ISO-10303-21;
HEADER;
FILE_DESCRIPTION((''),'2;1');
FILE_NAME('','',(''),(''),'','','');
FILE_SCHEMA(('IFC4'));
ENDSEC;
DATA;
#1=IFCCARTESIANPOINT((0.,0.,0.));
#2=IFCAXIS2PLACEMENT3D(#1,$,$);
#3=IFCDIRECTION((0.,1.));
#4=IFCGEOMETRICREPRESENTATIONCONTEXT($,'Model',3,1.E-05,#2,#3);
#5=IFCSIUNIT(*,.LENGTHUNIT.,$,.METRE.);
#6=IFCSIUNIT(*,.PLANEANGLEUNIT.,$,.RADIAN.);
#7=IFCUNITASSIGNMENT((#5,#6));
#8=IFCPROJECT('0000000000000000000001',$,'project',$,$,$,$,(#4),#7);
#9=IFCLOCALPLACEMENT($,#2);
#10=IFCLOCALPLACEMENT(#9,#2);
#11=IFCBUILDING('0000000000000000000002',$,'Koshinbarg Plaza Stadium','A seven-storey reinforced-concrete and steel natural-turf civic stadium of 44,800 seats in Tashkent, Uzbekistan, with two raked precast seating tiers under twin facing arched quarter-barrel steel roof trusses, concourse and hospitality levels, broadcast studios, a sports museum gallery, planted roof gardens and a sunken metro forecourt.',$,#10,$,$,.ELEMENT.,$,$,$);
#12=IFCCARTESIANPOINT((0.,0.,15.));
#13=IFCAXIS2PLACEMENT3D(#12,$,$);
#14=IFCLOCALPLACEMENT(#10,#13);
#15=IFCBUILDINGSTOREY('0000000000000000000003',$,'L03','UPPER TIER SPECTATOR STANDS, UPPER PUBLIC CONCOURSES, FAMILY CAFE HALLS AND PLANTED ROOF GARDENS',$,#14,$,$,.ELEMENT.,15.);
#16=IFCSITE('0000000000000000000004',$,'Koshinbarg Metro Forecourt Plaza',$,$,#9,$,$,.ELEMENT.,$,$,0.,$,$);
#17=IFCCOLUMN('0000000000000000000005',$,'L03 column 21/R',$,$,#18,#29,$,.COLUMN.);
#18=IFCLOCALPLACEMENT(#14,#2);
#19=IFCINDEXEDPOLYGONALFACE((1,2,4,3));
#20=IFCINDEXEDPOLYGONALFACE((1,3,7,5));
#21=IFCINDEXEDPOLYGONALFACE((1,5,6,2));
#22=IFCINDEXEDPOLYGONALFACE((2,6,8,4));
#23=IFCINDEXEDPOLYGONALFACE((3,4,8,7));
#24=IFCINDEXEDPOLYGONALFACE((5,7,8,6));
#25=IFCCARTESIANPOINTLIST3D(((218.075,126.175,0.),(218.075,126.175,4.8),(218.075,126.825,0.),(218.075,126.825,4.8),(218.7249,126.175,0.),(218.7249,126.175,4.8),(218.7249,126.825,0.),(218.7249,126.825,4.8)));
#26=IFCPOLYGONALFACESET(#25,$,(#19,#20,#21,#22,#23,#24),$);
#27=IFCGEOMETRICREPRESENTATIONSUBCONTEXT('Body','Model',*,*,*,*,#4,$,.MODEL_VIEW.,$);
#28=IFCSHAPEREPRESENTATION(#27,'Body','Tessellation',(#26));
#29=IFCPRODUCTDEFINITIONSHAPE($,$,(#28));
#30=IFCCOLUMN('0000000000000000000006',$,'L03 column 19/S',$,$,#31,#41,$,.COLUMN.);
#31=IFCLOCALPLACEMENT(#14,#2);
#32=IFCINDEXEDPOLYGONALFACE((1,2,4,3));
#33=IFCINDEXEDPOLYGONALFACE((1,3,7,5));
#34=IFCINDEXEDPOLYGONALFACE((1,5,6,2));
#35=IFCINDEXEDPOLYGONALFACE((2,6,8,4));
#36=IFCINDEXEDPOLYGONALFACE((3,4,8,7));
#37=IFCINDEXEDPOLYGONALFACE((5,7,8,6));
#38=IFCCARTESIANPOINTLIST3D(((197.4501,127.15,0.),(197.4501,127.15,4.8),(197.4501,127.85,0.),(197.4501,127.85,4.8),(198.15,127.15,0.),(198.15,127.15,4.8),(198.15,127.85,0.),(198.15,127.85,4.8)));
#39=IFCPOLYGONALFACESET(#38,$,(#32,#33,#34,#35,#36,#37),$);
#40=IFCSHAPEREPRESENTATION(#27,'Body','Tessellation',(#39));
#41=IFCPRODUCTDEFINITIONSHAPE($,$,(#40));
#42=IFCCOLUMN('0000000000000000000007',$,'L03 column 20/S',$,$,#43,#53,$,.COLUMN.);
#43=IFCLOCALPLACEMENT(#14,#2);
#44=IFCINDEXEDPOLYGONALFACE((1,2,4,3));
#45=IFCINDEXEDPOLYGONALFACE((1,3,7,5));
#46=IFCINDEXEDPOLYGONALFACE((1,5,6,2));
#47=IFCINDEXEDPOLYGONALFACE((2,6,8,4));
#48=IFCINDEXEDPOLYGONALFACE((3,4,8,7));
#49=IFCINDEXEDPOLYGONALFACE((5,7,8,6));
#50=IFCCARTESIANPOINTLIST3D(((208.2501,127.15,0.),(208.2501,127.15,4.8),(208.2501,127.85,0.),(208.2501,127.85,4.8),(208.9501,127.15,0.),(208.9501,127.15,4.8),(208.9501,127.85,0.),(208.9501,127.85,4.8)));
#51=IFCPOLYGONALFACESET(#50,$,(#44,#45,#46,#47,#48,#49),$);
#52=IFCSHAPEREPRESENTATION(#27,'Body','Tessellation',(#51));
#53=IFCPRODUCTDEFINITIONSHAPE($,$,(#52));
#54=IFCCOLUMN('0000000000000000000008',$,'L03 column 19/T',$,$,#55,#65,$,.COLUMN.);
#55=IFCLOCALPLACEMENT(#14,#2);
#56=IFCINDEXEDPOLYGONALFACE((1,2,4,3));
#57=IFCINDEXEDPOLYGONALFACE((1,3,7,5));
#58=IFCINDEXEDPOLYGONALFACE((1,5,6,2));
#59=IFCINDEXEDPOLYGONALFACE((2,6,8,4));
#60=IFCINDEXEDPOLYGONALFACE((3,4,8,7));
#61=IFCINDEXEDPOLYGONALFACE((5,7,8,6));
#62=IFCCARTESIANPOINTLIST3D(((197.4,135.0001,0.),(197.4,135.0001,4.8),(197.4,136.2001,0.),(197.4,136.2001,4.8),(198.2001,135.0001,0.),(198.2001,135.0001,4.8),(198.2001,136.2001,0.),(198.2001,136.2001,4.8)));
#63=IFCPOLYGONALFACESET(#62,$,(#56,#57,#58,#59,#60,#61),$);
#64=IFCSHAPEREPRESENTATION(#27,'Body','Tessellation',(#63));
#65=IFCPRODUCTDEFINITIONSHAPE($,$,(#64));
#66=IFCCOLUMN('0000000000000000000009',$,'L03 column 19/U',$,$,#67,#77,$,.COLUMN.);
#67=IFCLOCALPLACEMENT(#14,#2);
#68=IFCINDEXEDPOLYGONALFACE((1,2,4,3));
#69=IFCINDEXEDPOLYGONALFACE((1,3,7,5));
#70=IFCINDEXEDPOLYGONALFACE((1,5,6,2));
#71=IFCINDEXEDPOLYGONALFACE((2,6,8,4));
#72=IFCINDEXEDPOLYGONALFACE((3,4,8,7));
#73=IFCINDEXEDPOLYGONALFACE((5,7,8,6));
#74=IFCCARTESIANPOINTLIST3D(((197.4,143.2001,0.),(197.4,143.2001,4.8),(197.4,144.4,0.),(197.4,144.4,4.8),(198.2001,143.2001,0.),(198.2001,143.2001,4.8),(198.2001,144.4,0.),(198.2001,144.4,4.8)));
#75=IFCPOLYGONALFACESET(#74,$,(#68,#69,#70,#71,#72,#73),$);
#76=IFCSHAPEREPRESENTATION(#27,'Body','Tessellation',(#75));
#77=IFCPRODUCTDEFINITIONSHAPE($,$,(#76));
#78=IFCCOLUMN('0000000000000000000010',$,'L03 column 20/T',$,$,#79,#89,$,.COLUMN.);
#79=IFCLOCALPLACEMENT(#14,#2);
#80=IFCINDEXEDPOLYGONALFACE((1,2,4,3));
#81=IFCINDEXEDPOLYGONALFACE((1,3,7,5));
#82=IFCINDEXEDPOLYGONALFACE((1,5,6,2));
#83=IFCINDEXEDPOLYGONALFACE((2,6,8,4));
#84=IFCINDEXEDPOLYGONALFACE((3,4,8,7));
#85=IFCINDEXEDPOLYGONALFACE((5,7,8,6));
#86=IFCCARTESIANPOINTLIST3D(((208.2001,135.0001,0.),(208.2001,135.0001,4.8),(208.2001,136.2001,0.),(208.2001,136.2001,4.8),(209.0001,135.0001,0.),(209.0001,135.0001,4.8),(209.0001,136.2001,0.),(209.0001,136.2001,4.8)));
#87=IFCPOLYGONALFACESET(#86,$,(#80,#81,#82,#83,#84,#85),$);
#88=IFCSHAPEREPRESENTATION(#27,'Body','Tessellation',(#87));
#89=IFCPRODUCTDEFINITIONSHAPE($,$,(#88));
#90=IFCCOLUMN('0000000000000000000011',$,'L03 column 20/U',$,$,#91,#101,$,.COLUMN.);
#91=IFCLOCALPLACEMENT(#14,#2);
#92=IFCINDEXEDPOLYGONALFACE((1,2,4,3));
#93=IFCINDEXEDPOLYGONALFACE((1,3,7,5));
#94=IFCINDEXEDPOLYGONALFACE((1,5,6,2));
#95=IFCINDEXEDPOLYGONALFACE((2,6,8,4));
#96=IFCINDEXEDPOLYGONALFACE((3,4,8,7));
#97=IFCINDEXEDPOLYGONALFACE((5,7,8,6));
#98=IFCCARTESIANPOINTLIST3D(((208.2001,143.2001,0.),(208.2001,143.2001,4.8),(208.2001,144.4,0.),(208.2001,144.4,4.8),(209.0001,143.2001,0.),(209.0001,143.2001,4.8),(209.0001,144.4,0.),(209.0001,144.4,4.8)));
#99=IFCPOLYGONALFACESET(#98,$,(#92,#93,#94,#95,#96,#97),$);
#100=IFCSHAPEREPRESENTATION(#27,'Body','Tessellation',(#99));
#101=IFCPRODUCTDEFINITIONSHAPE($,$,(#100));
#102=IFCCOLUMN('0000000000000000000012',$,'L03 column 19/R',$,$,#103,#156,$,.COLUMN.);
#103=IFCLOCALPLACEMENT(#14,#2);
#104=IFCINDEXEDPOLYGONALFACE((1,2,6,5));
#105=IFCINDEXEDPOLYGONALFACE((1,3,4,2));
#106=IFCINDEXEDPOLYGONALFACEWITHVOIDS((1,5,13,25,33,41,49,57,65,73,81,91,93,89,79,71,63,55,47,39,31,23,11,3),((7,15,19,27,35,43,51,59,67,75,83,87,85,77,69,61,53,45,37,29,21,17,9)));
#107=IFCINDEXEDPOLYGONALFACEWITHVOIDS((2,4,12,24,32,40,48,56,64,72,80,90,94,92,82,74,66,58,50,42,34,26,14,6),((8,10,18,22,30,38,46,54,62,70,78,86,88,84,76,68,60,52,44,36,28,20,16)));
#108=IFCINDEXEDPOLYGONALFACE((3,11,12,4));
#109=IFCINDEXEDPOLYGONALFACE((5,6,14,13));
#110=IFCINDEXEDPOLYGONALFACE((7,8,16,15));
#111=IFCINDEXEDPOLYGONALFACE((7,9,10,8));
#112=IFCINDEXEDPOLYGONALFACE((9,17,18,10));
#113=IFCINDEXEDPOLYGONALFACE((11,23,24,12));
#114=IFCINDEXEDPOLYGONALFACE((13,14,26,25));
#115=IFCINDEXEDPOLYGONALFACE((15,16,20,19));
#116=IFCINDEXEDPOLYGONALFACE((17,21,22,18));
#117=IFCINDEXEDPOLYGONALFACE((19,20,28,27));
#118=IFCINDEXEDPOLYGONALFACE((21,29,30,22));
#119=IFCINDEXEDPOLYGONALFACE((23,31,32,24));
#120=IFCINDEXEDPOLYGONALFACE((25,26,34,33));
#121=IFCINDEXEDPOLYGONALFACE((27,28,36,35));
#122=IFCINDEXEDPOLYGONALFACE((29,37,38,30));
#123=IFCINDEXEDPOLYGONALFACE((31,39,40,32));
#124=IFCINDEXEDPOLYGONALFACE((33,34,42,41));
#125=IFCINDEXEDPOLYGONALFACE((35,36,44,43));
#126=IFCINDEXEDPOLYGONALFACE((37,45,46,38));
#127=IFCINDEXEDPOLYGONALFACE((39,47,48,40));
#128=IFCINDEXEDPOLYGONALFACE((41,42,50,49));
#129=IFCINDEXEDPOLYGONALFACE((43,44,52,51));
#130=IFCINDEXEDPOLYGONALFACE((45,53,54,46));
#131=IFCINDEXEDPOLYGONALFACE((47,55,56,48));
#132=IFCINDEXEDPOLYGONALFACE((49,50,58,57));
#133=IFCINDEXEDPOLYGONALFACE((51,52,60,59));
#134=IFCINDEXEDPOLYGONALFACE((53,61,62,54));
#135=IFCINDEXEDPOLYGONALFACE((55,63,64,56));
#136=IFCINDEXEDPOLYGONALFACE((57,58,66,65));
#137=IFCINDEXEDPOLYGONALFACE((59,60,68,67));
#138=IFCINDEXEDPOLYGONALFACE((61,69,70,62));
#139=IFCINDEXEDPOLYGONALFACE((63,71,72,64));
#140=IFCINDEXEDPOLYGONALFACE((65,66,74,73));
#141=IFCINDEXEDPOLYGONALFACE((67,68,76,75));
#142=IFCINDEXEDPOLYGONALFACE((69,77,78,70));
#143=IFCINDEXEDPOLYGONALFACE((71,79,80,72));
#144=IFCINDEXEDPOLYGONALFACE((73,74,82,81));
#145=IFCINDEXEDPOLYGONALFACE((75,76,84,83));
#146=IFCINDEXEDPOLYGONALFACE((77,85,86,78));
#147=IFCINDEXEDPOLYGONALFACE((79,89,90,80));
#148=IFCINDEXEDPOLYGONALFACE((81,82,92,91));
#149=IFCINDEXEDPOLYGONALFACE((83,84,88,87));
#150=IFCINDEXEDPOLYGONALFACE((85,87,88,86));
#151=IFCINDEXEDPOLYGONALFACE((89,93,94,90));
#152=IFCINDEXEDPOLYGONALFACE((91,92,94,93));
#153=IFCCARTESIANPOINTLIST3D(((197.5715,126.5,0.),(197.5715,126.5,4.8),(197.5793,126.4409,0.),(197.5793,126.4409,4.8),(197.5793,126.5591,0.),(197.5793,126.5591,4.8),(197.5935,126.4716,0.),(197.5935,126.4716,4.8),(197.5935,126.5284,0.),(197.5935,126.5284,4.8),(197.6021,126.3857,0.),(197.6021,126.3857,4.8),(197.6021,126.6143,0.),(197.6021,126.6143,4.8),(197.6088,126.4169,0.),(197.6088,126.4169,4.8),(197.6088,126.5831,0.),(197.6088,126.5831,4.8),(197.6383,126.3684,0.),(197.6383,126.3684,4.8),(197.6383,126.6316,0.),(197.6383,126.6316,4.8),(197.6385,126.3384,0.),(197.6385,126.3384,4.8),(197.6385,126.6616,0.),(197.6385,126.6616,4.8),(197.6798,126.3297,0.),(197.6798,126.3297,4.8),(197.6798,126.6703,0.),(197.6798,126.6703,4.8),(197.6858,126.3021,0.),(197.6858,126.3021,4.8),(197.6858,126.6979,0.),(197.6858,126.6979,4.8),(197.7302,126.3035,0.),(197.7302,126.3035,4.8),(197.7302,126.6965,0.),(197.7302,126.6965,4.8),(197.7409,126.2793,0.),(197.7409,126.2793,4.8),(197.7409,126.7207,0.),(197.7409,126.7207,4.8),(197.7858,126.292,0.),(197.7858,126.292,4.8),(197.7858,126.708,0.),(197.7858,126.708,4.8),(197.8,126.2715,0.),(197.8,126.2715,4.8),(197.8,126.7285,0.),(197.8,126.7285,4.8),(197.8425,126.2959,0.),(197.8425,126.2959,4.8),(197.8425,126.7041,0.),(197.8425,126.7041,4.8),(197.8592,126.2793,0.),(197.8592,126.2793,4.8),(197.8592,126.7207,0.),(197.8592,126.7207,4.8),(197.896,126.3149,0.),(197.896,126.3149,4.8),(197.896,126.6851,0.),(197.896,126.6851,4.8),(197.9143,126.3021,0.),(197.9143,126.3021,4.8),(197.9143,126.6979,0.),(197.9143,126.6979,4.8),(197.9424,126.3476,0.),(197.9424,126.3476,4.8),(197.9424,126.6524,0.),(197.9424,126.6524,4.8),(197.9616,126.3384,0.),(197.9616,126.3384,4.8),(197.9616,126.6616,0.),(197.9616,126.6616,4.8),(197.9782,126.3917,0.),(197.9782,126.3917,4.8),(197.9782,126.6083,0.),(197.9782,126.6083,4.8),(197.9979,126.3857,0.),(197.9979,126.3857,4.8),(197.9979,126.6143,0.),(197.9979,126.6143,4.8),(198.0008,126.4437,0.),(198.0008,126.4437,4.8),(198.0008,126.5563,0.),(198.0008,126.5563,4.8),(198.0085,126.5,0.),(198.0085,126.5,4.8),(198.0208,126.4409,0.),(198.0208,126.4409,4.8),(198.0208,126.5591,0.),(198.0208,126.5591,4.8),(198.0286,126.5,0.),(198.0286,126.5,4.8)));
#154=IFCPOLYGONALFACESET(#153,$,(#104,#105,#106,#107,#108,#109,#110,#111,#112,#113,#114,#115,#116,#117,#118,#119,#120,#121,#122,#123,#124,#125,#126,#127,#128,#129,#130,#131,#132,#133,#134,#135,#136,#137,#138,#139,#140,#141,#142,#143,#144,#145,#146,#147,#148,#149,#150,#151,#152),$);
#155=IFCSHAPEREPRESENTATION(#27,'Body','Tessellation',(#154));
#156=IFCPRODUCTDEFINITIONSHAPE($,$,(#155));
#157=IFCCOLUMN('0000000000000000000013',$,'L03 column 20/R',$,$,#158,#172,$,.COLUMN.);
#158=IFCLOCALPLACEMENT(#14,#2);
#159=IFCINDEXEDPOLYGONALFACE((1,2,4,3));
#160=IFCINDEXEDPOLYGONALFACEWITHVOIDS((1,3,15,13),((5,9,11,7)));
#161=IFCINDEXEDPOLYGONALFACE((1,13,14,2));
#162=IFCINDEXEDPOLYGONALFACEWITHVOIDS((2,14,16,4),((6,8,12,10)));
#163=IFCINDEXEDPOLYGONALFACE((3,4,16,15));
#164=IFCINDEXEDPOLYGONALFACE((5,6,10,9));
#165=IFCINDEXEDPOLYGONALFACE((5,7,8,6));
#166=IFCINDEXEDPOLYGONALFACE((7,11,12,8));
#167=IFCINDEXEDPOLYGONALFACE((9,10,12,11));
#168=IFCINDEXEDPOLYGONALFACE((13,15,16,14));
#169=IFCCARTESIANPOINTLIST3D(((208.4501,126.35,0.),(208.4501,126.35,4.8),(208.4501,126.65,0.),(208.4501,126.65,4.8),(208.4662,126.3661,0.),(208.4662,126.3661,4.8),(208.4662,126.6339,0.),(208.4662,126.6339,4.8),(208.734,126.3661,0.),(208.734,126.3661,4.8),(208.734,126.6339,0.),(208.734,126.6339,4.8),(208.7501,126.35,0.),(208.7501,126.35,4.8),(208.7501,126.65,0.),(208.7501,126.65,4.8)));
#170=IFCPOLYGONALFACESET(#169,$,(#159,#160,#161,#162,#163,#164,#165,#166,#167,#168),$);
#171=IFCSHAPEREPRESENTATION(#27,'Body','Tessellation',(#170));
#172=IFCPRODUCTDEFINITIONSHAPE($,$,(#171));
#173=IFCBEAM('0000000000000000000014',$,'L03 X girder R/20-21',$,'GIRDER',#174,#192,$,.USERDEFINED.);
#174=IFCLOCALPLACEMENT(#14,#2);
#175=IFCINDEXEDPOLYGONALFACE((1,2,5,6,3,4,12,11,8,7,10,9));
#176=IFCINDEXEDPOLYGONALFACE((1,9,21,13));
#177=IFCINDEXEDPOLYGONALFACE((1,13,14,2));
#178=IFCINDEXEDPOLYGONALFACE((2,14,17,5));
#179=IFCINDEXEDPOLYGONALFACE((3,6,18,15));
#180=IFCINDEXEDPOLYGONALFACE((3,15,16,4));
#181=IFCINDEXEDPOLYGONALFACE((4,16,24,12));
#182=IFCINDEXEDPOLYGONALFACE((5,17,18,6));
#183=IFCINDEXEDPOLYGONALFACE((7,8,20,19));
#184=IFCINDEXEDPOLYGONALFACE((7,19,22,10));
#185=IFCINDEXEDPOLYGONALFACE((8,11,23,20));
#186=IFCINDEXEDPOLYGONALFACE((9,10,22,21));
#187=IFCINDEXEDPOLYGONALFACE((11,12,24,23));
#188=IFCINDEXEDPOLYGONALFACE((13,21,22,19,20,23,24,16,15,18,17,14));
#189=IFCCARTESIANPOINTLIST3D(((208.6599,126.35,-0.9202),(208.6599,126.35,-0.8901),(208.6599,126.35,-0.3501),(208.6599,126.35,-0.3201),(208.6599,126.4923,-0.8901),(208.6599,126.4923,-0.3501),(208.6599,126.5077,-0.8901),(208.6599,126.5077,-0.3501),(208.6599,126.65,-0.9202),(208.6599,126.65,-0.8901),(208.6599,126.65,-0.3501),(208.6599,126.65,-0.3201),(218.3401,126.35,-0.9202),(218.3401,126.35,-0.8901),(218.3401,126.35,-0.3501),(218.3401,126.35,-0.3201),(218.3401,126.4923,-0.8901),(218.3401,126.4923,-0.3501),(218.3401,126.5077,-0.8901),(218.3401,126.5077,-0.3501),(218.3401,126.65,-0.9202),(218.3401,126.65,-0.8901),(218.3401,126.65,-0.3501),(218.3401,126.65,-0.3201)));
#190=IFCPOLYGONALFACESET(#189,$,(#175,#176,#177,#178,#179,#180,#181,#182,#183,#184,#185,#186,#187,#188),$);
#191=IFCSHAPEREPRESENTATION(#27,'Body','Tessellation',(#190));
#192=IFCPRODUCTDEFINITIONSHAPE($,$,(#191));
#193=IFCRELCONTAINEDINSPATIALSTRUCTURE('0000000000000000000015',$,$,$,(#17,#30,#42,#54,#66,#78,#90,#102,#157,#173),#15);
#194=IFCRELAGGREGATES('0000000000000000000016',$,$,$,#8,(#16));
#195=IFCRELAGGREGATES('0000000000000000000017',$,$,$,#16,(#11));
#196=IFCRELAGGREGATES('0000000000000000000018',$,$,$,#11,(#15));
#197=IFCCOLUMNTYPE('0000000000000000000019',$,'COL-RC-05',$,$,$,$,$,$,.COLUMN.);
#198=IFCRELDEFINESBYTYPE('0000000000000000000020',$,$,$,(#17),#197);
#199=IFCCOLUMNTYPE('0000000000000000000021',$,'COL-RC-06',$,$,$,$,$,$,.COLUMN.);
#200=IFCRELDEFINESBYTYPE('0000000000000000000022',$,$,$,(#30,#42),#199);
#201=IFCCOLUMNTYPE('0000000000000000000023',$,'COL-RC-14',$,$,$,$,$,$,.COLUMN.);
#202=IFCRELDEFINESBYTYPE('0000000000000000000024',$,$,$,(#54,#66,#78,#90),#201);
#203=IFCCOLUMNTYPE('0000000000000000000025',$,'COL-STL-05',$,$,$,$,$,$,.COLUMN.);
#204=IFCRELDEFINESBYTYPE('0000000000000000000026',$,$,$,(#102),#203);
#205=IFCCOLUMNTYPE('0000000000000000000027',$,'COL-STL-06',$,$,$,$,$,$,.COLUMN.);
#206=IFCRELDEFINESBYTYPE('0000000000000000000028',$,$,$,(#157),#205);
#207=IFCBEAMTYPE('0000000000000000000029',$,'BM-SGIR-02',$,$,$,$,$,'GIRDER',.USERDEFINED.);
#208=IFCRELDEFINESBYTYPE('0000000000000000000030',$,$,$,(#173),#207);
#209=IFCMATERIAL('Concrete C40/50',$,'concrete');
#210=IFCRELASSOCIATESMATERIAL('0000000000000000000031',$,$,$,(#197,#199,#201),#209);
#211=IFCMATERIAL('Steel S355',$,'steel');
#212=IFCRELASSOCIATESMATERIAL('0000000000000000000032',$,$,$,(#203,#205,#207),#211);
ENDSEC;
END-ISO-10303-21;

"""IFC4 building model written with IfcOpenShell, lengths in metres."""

from ifc_helpers import new_model, si_unit, direction, frame, origin, origin_2d, place, context, subcontext, project, spatial, rectangle, hollow_rectangle, hollow_circle, i_section, extrude, material, material_profile, profile_set, type_object, element, save


model = new_model("IFC4")

# Units and contexts
model_context = context("Model", 3, precision=1e-05, world=origin(), true_north=direction((0.0, 1.0)))
body_context = subcontext(model_context, "Body", "Model", "MODEL_VIEW")
ifc_project = project(units=[si_unit("LENGTHUNIT", "METRE"), si_unit("PLANEANGLEUNIT", "RADIAN")], contexts=[model_context])

# Site, building, storey
site_placement = place(None, origin())
site = spatial("IfcSite", under=ifc_project, at=site_placement, Name="Koshinbarg Metro Forecourt Plaza", CompositionType="ELEMENT", RefElevation=0.0)
building_placement = place(site_placement, origin())
building = spatial("IfcBuilding", under=site, at=building_placement, Name="Koshinbarg Plaza Stadium", Description="A seven-storey reinforced-concrete and steel natural-turf civic stadium of 44,800 seats in Tashkent, Uzbekistan, with two raked precast seating tiers under twin facing arched quarter-barrel steel roof trusses, concourse and hospitality levels, broadcast studios, a sports museum gallery, planted roof gardens and a sunken metro forecourt.", CompositionType="ELEMENT")
storey_placement = place(building_placement, frame((0.0, 0.0, 15.0)))
storey = spatial("IfcBuildingStorey", under=building, at=storey_placement, Name="L03", Description="UPPER TIER SPECTATOR STANDS, UPPER PUBLIC CONCOURSES, FAMILY CAFE HALLS AND PLANTED ROOF GARDENS", CompositionType="ELEMENT", Elevation=15.0)

# Columns
ifc_material_1 = material(Name="Concrete C40/50", Category="concrete")
ifc_material_profile_1 = material_profile(ifc_material_1, rectangle(XDim=0.6499, YDim=0.6499, at=origin_2d()), Name="RC 650x650")
ifc_profile_set_1 = profile_set([ifc_material_profile_1], Name="Concrete C40/50")
column_type_1 = type_object("IfcColumnType", Name="COL-RC-05", PredefinedType="COLUMN", material=ifc_profile_set_1)
column_1_placement = place(storey_placement, frame((218.3999, 126.5, 0.0), z_axis=(0.0, 0.0, 1.0), x_axis=(1.0, 0.0, 0.0)))
element("IfcColumn", 1, at=column_1_placement, inside=storey, type_object=column_type_1, Name="L03 column 21/R", PredefinedType="COLUMN", context=body_context, shape_type="SweptSolid", body=[
    extrude(rectangle(XDim=0.6499, YDim=0.6499, at=origin_2d()), origin(), (0.0, 0.0, 1.0), 4.8),
])
ifc_material_profile_2 = material_profile(ifc_material_1, rectangle(XDim=0.7, YDim=0.7, at=origin_2d()), Name="RC 700x700")
ifc_profile_set_2 = profile_set([ifc_material_profile_2], Name="Concrete C40/50")
column_type_2 = type_object("IfcColumnType", Name="COL-RC-06", PredefinedType="COLUMN", material=ifc_profile_set_2)
for number, where, z_axis, x_axis, name in (
    (2, (197.8, 127.5, 0.0), (0.0, 0.0, 1.0), (1.0, 0.0, 0.0), "L03 column 19/S"),
    (3, (208.6001, 127.5, 0.0), (0.0, 0.0, 1.0), (1.0, 0.0, 0.0), "L03 column 20/S"),
):
    element("IfcColumn", number, at=place(storey_placement, frame(where, z_axis=z_axis, x_axis=x_axis)), inside=storey, type_object=column_type_2, Name=name, PredefinedType="COLUMN", context=body_context, shape_type="SweptSolid", body=[
        extrude(rectangle(XDim=0.7, YDim=0.7, at=origin_2d()), origin(), (0.0, 0.0, 1.0), 4.8),
    ])
ifc_material_profile_3 = material_profile(ifc_material_1, rectangle(XDim=0.8, YDim=1.2, at=origin_2d()), Name="RC 800x1200")
ifc_profile_set_3 = profile_set([ifc_material_profile_3], Name="Concrete C40/50")
column_type_3 = type_object("IfcColumnType", Name="COL-RC-14", PredefinedType="COLUMN", material=ifc_profile_set_3)
for number, where, z_axis, x_axis, name in (
    (4, (197.8, 135.6001, 0.0), (0.0, 0.0, 1.0), (1.0, 0.0, 0.0), "L03 column 19/T"),
    (5, (197.8, 143.8, 0.0), (0.0, 0.0, 1.0), (1.0, 0.0, 0.0), "L03 column 19/U"),
    (6, (208.6001, 135.6001, 0.0), (0.0, 0.0, 1.0), (1.0, 0.0, 0.0), "L03 column 20/T"),
    (7, (208.6001, 143.8, 0.0), (0.0, 0.0, 1.0), (1.0, 0.0, 0.0), "L03 column 20/U"),
):
    element("IfcColumn", number, at=place(storey_placement, frame(where, z_axis=z_axis, x_axis=x_axis)), inside=storey, type_object=column_type_3, Name=name, PredefinedType="COLUMN", context=body_context, shape_type="SweptSolid", body=[
        extrude(rectangle(XDim=0.8, YDim=1.2, at=origin_2d()), origin(), (0.0, 0.0, 1.0), 4.8),
    ])
ifc_material_2 = material(Name="Steel S355", Category="steel")
ifc_material_profile_4 = material_profile(ifc_material_2, hollow_circle(Radius=0.2285, WallThickness=0.02, at=origin_2d()), Name="CHS 457x20")
ifc_profile_set_4 = profile_set([ifc_material_profile_4], Name="Steel S355")
column_type_4 = type_object("IfcColumnType", Name="COL-STL-05", PredefinedType="COLUMN", material=ifc_profile_set_4)
column_2_placement = place(storey_placement, frame((197.8, 126.5, 0.0), z_axis=(0.0, 0.0, 1.0), x_axis=(1.0, 0.0, 0.0)))
element("IfcColumn", 8, at=column_2_placement, inside=storey, type_object=column_type_4, Name="L03 column 19/R", PredefinedType="COLUMN", context=body_context, shape_type="SweptSolid", body=[
    extrude(hollow_circle(Radius=0.2285, WallThickness=0.02, at=origin_2d()), origin(), (0.0, 0.0, 1.0), 4.8),
])
ifc_material_profile_5 = material_profile(ifc_material_2, hollow_rectangle(XDim=0.3, YDim=0.3, WallThickness=0.0161, at=origin_2d()), Name="SHS 300x300x16")
ifc_profile_set_5 = profile_set([ifc_material_profile_5], Name="Steel S355")
column_type_5 = type_object("IfcColumnType", Name="COL-STL-06", PredefinedType="COLUMN", material=ifc_profile_set_5)
column_3_placement = place(storey_placement, frame((208.6001, 126.5, 0.0), z_axis=(0.0, 0.0, 1.0), x_axis=(1.0, 0.0, 0.0)))
element("IfcColumn", 9, at=column_3_placement, inside=storey, type_object=column_type_5, Name="L03 column 20/R", PredefinedType="COLUMN", context=body_context, shape_type="SweptSolid", body=[
    extrude(hollow_rectangle(XDim=0.3, YDim=0.3, WallThickness=0.0161, at=origin_2d()), origin(), (0.0, 0.0, 1.0), 4.8),
])

# Beam
ifc_material_profile_6 = material_profile(ifc_material_2, i_section(OverallWidth=0.3, OverallDepth=0.6001, WebThickness=0.0154, FlangeThickness=0.03, at=origin_2d()), Name="HEB 600")
ifc_profile_set_6 = profile_set([ifc_material_profile_6], Name="Steel S355")
beam_type_1 = type_object("IfcBeamType", Name="BM-SGIR-02", ElementType="GIRDER", PredefinedType="USERDEFINED", material=ifc_profile_set_6)
for number, where, z_axis, x_axis, name in (
    (10, (208.6599, 126.5, -0.6201), (1.0, 0.0, 0.0), (0.0, 1.0, 0.0), "L03 X girder R/20-21"),
):
    element("IfcBeam", number, at=place(storey_placement, frame(where, z_axis=z_axis, x_axis=x_axis)), inside=storey, type_object=beam_type_1, Name=name, ObjectType="GIRDER", PredefinedType="USERDEFINED", context=body_context, shape_type="SweptSolid", body=[
        extrude(i_section(OverallWidth=0.3, OverallDepth=0.6001, WebThickness=0.0154, FlangeThickness=0.03, at=origin_2d()), origin(), (0.0, 0.0, 1.0), 9.6802),
    ])

save(model, "model.ifc")
